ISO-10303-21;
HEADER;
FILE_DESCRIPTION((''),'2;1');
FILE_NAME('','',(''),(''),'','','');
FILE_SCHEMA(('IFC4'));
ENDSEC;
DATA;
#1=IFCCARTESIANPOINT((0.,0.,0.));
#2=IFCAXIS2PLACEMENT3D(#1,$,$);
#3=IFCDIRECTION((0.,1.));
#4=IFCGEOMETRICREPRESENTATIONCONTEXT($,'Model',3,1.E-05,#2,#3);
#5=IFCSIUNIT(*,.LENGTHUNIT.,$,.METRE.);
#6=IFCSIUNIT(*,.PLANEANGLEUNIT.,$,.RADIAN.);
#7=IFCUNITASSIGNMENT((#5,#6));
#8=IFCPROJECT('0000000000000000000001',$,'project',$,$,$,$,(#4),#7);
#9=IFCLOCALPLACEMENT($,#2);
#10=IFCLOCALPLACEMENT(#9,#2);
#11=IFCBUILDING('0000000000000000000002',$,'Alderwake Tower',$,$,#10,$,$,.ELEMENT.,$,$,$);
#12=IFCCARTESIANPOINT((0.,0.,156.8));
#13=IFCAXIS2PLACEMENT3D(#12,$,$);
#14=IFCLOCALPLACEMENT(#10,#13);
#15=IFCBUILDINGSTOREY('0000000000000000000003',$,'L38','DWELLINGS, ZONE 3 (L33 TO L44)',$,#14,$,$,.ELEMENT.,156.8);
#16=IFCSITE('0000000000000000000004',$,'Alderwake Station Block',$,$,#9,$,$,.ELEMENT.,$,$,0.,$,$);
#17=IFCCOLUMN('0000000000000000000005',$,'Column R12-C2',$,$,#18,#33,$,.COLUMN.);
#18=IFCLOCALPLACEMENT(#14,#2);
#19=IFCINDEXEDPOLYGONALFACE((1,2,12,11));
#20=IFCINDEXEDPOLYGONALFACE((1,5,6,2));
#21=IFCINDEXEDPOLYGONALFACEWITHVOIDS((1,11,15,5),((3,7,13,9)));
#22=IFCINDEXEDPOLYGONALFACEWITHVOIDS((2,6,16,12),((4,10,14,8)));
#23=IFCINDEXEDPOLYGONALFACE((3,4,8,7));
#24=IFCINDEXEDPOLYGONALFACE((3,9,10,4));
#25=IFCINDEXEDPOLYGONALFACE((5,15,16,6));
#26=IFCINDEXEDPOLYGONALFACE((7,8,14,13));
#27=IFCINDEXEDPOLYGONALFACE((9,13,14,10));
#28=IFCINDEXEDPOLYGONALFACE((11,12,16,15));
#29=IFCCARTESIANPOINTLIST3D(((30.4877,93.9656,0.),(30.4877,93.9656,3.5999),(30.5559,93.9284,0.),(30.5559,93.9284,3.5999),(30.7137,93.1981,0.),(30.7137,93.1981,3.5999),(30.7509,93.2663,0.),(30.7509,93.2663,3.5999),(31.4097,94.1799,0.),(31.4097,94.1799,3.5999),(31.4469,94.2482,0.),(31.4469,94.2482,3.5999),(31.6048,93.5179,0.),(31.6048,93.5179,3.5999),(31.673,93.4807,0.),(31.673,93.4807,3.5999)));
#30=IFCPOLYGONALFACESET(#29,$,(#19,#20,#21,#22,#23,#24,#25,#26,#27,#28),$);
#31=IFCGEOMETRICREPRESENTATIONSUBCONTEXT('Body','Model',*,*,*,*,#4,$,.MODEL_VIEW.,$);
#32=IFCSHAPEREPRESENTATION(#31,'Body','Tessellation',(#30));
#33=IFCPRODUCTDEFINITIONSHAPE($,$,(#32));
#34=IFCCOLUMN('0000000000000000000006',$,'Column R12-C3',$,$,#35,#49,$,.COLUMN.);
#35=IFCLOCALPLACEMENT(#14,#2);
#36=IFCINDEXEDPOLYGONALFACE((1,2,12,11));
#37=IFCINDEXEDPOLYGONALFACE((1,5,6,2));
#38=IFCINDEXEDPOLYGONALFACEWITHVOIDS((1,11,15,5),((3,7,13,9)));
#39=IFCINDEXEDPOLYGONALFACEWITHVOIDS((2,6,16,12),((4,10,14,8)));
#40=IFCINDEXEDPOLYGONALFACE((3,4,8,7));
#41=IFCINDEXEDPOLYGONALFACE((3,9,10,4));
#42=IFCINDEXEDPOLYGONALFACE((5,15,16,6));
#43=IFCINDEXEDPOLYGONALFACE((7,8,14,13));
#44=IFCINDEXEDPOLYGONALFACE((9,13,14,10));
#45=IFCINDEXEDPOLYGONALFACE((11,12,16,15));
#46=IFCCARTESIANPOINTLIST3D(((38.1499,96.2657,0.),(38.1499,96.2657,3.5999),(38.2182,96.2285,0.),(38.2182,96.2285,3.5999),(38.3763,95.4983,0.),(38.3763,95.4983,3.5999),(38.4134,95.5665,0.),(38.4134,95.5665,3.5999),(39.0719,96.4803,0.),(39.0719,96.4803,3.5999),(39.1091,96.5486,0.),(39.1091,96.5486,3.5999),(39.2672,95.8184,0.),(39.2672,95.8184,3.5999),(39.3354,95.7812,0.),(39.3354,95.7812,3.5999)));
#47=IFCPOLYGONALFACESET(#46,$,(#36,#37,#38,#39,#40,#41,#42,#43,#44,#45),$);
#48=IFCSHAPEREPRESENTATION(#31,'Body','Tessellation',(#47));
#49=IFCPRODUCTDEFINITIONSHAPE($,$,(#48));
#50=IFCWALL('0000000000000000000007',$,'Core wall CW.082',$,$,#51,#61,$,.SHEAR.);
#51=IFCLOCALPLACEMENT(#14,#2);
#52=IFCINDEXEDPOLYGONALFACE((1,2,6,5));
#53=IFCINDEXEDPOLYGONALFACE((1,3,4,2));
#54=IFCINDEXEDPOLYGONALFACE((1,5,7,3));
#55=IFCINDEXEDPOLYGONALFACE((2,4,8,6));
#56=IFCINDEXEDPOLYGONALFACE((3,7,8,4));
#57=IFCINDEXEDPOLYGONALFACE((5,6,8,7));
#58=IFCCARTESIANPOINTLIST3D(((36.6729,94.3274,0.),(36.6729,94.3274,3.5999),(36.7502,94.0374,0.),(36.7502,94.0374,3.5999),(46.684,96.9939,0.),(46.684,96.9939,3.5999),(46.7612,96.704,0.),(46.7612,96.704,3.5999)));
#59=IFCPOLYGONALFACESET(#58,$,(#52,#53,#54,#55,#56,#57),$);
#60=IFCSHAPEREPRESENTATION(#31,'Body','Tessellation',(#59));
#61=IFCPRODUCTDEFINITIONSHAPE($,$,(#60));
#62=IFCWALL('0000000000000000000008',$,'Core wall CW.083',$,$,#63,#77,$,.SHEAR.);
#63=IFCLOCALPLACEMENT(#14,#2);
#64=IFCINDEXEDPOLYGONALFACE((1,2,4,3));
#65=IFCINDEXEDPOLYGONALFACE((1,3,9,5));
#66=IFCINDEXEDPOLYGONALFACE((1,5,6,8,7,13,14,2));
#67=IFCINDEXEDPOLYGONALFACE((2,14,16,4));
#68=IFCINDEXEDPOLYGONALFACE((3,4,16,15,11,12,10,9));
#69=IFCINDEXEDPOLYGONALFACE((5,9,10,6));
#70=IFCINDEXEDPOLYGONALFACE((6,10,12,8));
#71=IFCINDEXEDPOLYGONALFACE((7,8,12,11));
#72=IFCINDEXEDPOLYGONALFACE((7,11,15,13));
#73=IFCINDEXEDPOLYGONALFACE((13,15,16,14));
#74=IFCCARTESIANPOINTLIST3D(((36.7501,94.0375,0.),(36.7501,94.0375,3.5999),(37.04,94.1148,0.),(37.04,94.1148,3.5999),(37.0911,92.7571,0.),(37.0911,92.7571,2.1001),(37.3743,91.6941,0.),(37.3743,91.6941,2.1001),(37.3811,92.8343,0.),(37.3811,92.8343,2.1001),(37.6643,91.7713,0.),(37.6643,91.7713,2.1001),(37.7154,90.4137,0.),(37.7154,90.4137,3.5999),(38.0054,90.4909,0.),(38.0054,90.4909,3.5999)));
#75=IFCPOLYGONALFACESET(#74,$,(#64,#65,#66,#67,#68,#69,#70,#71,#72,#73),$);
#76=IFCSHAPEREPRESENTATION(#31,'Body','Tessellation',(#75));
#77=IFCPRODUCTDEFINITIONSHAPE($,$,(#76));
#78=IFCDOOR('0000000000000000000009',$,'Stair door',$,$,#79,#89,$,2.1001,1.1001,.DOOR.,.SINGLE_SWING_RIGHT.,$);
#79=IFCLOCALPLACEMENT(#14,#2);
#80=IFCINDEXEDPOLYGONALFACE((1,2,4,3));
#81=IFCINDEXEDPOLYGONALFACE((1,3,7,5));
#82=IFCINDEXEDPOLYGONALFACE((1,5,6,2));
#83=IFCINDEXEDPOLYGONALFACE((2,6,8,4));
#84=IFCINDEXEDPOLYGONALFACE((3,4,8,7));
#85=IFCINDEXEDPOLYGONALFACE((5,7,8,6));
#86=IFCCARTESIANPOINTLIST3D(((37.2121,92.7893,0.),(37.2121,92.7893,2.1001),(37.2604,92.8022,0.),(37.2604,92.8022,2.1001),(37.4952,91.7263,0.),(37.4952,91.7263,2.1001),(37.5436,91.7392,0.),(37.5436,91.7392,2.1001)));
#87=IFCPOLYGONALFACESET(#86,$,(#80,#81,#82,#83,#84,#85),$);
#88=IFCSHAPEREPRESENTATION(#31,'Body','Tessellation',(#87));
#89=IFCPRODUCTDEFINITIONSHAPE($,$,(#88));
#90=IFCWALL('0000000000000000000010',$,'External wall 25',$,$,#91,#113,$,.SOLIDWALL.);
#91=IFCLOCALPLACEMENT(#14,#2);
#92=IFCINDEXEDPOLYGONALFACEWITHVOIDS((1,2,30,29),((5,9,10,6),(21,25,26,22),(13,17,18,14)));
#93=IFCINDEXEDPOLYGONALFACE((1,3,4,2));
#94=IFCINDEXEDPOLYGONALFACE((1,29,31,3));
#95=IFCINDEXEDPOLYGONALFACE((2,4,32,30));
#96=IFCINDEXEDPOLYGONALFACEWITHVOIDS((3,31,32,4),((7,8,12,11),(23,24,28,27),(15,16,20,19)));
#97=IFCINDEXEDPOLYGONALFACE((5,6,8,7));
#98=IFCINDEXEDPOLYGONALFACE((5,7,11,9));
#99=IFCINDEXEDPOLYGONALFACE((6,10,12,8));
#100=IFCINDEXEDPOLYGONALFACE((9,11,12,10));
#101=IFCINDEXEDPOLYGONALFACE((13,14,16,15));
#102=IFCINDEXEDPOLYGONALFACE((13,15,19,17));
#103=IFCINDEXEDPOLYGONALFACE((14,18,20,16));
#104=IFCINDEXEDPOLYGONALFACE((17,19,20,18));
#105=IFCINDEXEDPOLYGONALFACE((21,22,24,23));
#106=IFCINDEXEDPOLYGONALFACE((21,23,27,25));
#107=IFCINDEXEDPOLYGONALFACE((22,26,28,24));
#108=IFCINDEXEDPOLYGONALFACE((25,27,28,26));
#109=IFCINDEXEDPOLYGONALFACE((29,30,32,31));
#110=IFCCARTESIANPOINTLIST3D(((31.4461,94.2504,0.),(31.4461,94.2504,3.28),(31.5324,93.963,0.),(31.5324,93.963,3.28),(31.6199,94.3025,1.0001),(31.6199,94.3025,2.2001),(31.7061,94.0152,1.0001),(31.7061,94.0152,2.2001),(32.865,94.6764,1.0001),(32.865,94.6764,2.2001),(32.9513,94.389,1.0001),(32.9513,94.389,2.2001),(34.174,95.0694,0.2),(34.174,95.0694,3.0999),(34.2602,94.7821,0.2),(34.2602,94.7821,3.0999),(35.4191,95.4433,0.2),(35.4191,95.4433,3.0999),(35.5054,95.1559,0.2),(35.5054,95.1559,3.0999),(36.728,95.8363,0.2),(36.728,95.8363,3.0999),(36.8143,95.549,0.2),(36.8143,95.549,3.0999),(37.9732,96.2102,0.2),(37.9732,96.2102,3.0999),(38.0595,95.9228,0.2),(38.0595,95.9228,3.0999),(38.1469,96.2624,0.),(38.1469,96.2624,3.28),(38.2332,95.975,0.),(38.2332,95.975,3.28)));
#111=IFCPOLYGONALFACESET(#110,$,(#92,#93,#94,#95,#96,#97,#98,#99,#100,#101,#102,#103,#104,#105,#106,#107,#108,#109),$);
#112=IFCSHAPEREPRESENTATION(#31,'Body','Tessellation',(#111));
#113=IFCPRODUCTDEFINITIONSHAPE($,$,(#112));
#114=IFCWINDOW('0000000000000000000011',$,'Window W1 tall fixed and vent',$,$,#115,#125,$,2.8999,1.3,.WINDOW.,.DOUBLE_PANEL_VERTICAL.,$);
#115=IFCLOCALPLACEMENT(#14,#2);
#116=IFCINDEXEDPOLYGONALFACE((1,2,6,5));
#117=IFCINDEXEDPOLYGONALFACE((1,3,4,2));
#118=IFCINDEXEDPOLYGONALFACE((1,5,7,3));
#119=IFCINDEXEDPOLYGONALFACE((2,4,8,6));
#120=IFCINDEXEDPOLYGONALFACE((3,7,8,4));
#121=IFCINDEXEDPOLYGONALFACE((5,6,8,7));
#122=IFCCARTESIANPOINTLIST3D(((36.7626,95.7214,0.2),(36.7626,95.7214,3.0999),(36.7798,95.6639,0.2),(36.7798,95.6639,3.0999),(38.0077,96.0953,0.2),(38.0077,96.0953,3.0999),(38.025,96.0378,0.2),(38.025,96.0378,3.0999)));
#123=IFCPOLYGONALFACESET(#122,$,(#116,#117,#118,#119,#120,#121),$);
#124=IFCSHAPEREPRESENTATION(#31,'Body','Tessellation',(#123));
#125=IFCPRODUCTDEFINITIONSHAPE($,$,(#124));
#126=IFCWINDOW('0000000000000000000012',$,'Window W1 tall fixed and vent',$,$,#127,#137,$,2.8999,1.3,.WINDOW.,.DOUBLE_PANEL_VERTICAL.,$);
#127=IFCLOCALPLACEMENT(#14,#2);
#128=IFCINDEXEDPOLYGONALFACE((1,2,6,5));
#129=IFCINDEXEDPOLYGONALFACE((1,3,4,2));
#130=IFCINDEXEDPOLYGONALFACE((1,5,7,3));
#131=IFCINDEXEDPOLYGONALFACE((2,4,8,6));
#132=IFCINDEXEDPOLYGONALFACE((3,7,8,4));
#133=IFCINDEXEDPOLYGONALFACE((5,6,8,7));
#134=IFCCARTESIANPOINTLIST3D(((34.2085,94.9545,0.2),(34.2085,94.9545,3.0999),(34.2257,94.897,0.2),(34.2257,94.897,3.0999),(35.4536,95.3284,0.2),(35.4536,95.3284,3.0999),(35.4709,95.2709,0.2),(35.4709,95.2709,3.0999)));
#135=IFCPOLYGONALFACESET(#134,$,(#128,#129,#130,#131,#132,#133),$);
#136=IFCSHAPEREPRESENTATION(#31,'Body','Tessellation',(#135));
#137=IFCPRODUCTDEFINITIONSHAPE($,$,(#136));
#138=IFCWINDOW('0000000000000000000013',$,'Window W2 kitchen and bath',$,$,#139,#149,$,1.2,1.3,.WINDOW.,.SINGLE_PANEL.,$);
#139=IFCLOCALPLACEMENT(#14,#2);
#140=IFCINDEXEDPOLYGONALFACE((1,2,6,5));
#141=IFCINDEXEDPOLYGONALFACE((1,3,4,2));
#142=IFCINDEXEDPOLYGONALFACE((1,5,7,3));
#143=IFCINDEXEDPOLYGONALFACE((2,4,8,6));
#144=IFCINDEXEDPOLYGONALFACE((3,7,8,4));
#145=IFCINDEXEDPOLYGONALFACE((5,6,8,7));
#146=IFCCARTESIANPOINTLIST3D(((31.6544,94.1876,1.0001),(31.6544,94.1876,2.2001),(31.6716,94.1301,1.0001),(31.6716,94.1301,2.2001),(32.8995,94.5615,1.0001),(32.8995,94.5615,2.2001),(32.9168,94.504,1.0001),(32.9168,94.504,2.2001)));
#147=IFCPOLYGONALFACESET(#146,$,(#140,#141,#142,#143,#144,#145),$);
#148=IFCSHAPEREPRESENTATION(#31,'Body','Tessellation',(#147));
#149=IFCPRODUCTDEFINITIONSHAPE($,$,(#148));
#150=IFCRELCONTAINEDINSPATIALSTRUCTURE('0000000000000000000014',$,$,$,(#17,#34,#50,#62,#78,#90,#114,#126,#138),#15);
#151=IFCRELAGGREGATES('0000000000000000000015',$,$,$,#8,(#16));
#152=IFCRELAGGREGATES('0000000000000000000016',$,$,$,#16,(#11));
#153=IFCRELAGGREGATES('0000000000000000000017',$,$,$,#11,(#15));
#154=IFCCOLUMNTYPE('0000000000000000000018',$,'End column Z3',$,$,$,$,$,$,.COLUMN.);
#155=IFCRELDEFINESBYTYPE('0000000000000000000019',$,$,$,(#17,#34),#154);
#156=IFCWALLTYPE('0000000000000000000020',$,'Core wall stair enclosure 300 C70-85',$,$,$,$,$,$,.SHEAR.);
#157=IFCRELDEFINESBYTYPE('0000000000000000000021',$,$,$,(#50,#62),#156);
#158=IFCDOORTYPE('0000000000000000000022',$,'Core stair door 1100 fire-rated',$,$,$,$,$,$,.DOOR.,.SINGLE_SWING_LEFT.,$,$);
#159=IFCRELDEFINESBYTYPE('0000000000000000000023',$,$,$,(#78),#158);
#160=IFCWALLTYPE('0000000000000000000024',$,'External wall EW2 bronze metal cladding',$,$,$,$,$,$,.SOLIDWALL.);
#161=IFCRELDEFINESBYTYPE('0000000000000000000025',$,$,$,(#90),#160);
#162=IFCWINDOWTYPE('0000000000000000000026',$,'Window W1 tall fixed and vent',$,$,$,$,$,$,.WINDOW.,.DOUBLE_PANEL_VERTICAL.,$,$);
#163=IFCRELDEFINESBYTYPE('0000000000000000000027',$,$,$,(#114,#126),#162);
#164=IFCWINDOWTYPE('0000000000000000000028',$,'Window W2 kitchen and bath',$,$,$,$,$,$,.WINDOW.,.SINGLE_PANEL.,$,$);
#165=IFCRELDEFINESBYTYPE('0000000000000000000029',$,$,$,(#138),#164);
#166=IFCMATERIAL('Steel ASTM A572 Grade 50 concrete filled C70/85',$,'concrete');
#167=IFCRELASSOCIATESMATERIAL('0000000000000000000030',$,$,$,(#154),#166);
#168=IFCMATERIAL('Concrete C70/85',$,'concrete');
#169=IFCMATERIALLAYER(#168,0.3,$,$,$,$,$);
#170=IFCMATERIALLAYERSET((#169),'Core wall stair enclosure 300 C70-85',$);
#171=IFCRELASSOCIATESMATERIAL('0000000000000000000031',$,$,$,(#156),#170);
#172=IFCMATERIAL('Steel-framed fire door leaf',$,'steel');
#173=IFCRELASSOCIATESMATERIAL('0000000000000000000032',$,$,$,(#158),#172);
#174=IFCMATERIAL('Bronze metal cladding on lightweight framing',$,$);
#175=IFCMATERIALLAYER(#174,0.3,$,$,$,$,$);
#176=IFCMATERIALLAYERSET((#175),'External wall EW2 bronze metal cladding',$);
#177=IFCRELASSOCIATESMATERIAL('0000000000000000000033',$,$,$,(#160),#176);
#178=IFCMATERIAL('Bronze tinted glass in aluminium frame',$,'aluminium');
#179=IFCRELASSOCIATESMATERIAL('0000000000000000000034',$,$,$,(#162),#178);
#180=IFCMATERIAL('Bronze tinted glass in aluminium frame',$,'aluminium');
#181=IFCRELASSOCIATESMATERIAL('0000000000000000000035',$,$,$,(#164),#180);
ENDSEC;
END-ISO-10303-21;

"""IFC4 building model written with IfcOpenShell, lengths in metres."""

from ifc_helpers import new_model, si_unit, direction, frame, frame_2d, origin, origin_2d, place, context, subcontext, project, spatial, rectangle, hollow_rectangle, extrude, material, layer, layer_set, material_profile, profile_set, type_object, element, fill, save


model = new_model("IFC4")

# Units and contexts
model_context = context("Model", 3, precision=1e-05, world=origin(), true_north=direction((0.0, 1.0)))
body_context = subcontext(model_context, "Body", "Model", "MODEL_VIEW")
ifc_project = project(units=[si_unit("LENGTHUNIT", "METRE"), si_unit("PLANEANGLEUNIT", "RADIAN")], contexts=[model_context])

# Site, building, storey
site_placement = place(None, origin())
site = spatial("IfcSite", under=ifc_project, at=site_placement, Name="Alderwake Station Block", CompositionType="ELEMENT", RefElevation=0.0)
building_placement = place(site_placement, origin())
building = spatial("IfcBuilding", under=site, at=building_placement, Name="Alderwake Tower", CompositionType="ELEMENT")
storey_placement = place(building_placement, frame((0.0, 0.0, 156.8)))
storey = spatial("IfcBuildingStorey", under=building, at=storey_placement, Name="L38", Description="DWELLINGS, ZONE 3 (L33 TO L44)", CompositionType="ELEMENT", Elevation=156.8)

# Columns
ifc_material_1 = material(Name="Steel ASTM A572 Grade 50 concrete filled C70/85", Category="concrete")
ifc_material_profile = material_profile(ifc_material_1, hollow_rectangle(XDim=0.8, YDim=1.0, WallThickness=0.0549, at=origin_2d()), Name="BOX 1000X800X55")
ifc_profile_set = profile_set([ifc_material_profile], Name="Steel ASTM A572 Grade 50 concrete filled C70/85")
column_type = type_object("IfcColumnType", Name="End column Z3", PredefinedType="COLUMN", material=ifc_profile_set)
for number, where, z_axis, x_axis, name in (
    (1, (31.0803, 93.7231, 0.0), (0.0, 0.0, 1.0), (-0.282583, 0.959243, 0.0), "Column R12-C2"),
    (2, (38.7427, 96.0234, 0.0), (0.0, 0.0, 1.0), (-0.282904, 0.959148, 0.0), "Column R12-C3"),
):
    element("IfcColumn", number, at=place(storey_placement, frame(where, z_axis=z_axis, x_axis=x_axis)), inside=storey, type_object=column_type, Name=name, PredefinedType="COLUMN", context=body_context, shape_type="SweptSolid", body=[
        extrude(hollow_rectangle(XDim=0.8, YDim=1.0, WallThickness=0.0549, at=origin_2d()), origin(), (0.0, 0.0, 1.0), 3.5999),
    ])

# Wall
ifc_material_2 = material(Name="Concrete C70/85", Category="concrete")
ifc_layer_1 = layer(ifc_material_2, 0.3)
ifc_layer_set_1 = layer_set([ifc_layer_1], Name="Core wall stair enclosure 300 C70-85")
wall_type_1 = type_object("IfcWallType", Name="Core wall stair enclosure 300 C70-85", PredefinedType="SHEAR", material=ifc_layer_set_1)
wall_1_placement = place(storey_placement, frame((36.7114, 94.1824, 0.0), z_axis=(0.0, 0.0, 1.0), x_axis=(0.966309, 0.257384, 0.0)))
element("IfcWall", 3, at=wall_1_placement, inside=storey, type_object=wall_type_1, Name="Core wall CW.082", PredefinedType="SHEAR", context=body_context, shape_type="SweptSolid", body=[
    extrude(rectangle(XDim=10.3601, YDim=0.3, at=frame_2d((5.1802, 0.0))), origin(), (0.0, 0.0, 1.0), 3.5999),
])

# Wall, opening, door
wall_2_placement = place(storey_placement, frame((37.8604, 90.4524, 0.0), z_axis=(0.0, 0.0, 1.0), x_axis=(-0.257411, 0.966302, 0.0)))
wall_2 = element("IfcWall", 4, at=wall_2_placement, inside=storey, type_object=wall_type_1, Name="Core wall CW.083", PredefinedType="SHEAR", context=body_context, shape_type="SweptSolid", body=[
    extrude(rectangle(XDim=3.7502, YDim=0.3, at=frame_2d((1.875, 0.0))), origin(), (0.0, 0.0, 1.0), 3.5999),
])
opening_1_placement = place(wall_2_placement, frame((1.325, 0.0, 0.0)))
opening_1 = element("IfcOpeningElement", 5, at=opening_1_placement, cuts=wall_2, PredefinedType="OPENING", context=body_context, shape_type="SweptSolid", body=[
    extrude(rectangle(XDim=1.1001, YDim=2.1001, at=frame_2d((0.55, 1.05))), frame((0.0, 0.1599, 0.0), z_axis=(0.0, -1.0, 0.0), x_axis=(1.0, 0.0, 0.0)), (0.0, 0.0, 1.0), 0.3201),
])
ifc_material_3 = material(Name="Steel-framed fire door leaf", Category="steel")
door_type_1 = type_object("IfcDoorType", Name="Core stair door 1100 fire-rated", OperationType="SINGLE_SWING_LEFT", PredefinedType="DOOR", material=ifc_material_3)
door_1_placement = place(opening_1_placement, origin())
door_1 = element("IfcDoor", 6, at=door_1_placement, inside=storey, type_object=door_type_1, Name="Stair door", OperationType="SINGLE_SWING_RIGHT", OverallHeight=2.1001, OverallWidth=1.1001, PredefinedType="DOOR", context=body_context, shape_type="SweptSolid", body=[
    extrude(rectangle(XDim=1.1001, YDim=2.1001, at=frame_2d((0.55, 1.05))), frame((0.0, 0.0249, 0.0), z_axis=(0.0, -1.0, 0.0), x_axis=(1.0, 0.0, 0.0)), (0.0, 0.0, 1.0), 0.05),
])
fill(opening_1, door_1)

# Wall, openings, windows
ifc_material_4 = material(Name="Bronze metal cladding on lightweight framing")
ifc_layer_2 = layer(ifc_material_4, 0.3)
ifc_layer_set_2 = layer_set([ifc_layer_2], Name="External wall EW2 bronze metal cladding")
wall_type_2 = type_object("IfcWallType", Name="External wall EW2 bronze metal cladding", PredefinedType="SOLIDWALL", material=ifc_layer_set_2)
wall_3_placement = place(storey_placement, frame((38.1899, 96.1187, 0.0), z_axis=(0.0, 0.0, 1.0), x_axis=(-0.957757, -0.287578, 0.0)))
wall_3 = element("IfcWall", 7, at=wall_3_placement, inside=storey, type_object=wall_type_2, Name="External wall 25", PredefinedType="SOLIDWALL", context=body_context, shape_type="SweptSolid", body=[
    extrude(rectangle(XDim=6.9963, YDim=0.3, at=frame_2d((3.498, 0.0))), origin(), (0.0, 0.0, 1.0), 3.28),
])
opening_2_placement = place(wall_3_placement, frame((0.1814, 0.0, 0.2)))
opening_2 = element("IfcOpeningElement", 8, at=opening_2_placement, cuts=wall_3, PredefinedType="OPENING", context=body_context, shape_type="SweptSolid", body=[
    extrude(rectangle(XDim=1.3, YDim=2.8999, at=frame_2d((0.6499, 1.45))), frame((0.0, 0.1599, 0.0), z_axis=(0.0, -1.0, 0.0), x_axis=(1.0, 0.0, 0.0)), (0.0, 0.0, 1.0), 0.3201),
])
opening_3_placement = place(wall_3_placement, frame((2.8481, 0.0, 0.2)))
opening_3 = element("IfcOpeningElement", 9, at=opening_3_placement, cuts=wall_3, PredefinedType="OPENING", context=body_context, shape_type="SweptSolid", body=[
    extrude(rectangle(XDim=1.3, YDim=2.8999, at=frame_2d((0.6499, 1.45))), frame((0.0, 0.1599, 0.0), z_axis=(0.0, -1.0, 0.0), x_axis=(1.0, 0.0, 0.0)), (0.0, 0.0, 1.0), 0.3201),
])
opening_4_placement = place(wall_3_placement, frame((5.5149, 0.0, 1.0)))
opening_4 = element("IfcOpeningElement", 10, at=opening_4_placement, cuts=wall_3, PredefinedType="OPENING", context=body_context, shape_type="SweptSolid", body=[
    extrude(rectangle(XDim=1.3, YDim=1.2, at=frame_2d((0.6499, 0.6001))), frame((0.0, 0.1599, 0.0), z_axis=(0.0, -1.0, 0.0), x_axis=(1.0, 0.0, 0.0)), (0.0, 0.0, 1.0), 0.3201),
])
ifc_material_5 = material(Name="Bronze tinted glass in aluminium frame", Category="aluminium")
window_type_1 = type_object("IfcWindowType", Name="Window W1 tall fixed and vent", PartitioningType="DOUBLE_PANEL_VERTICAL", PredefinedType="WINDOW", material=ifc_material_5)
window_1_placement = place(opening_2_placement, origin())
window_1 = element("IfcWindow", 11, at=window_1_placement, inside=storey, type_object=window_type_1, Name="Window W1 tall fixed and vent", OverallHeight=2.8999, OverallWidth=1.3, PartitioningType="DOUBLE_PANEL_VERTICAL", PredefinedType="WINDOW", context=body_context, shape_type="SweptSolid", body=[
    extrude(rectangle(XDim=1.3, YDim=2.8999, at=frame_2d((0.6499, 1.45))), frame((0.0, 0.03, 0.0), z_axis=(0.0, -1.0, 0.0), x_axis=(1.0, 0.0, 0.0)), (0.0, 0.0, 1.0), 0.0601),
])
fill(opening_2, window_1)
window_2_placement = place(opening_3_placement, origin())
window_2 = element("IfcWindow", 12, at=window_2_placement, inside=storey, type_object=window_type_1, Name="Window W1 tall fixed and vent", OverallHeight=2.8999, OverallWidth=1.3, PartitioningType="DOUBLE_PANEL_VERTICAL", PredefinedType="WINDOW", context=body_context, shape_type="SweptSolid", body=[
    extrude(rectangle(XDim=1.3, YDim=2.8999, at=frame_2d((0.6499, 1.45))), frame((0.0, 0.03, 0.0), z_axis=(0.0, -1.0, 0.0), x_axis=(1.0, 0.0, 0.0)), (0.0, 0.0, 1.0), 0.0601),
])
fill(opening_3, window_2)
ifc_material_6 = material(Name="Bronze tinted glass in aluminium frame", Category="aluminium")
window_type_2 = type_object("IfcWindowType", Name="Window W2 kitchen and bath", PartitioningType="SINGLE_PANEL", PredefinedType="WINDOW", material=ifc_material_6)
window_3_placement = place(opening_4_placement, origin())
window_3 = element("IfcWindow", 13, at=window_3_placement, inside=storey, type_object=window_type_2, Name="Window W2 kitchen and bath", OverallHeight=1.2, OverallWidth=1.3, PartitioningType="SINGLE_PANEL", PredefinedType="WINDOW", context=body_context, shape_type="SweptSolid", body=[
    extrude(rectangle(XDim=1.3, YDim=1.2, at=frame_2d((0.6499, 0.6001))), frame((0.0, 0.03, 0.0), z_axis=(0.0, -1.0, 0.0), x_axis=(1.0, 0.0, 0.0)), (0.0, 0.0, 1.0), 0.0601),
])
fill(opening_4, window_3)

save(model, "model.ifc")
